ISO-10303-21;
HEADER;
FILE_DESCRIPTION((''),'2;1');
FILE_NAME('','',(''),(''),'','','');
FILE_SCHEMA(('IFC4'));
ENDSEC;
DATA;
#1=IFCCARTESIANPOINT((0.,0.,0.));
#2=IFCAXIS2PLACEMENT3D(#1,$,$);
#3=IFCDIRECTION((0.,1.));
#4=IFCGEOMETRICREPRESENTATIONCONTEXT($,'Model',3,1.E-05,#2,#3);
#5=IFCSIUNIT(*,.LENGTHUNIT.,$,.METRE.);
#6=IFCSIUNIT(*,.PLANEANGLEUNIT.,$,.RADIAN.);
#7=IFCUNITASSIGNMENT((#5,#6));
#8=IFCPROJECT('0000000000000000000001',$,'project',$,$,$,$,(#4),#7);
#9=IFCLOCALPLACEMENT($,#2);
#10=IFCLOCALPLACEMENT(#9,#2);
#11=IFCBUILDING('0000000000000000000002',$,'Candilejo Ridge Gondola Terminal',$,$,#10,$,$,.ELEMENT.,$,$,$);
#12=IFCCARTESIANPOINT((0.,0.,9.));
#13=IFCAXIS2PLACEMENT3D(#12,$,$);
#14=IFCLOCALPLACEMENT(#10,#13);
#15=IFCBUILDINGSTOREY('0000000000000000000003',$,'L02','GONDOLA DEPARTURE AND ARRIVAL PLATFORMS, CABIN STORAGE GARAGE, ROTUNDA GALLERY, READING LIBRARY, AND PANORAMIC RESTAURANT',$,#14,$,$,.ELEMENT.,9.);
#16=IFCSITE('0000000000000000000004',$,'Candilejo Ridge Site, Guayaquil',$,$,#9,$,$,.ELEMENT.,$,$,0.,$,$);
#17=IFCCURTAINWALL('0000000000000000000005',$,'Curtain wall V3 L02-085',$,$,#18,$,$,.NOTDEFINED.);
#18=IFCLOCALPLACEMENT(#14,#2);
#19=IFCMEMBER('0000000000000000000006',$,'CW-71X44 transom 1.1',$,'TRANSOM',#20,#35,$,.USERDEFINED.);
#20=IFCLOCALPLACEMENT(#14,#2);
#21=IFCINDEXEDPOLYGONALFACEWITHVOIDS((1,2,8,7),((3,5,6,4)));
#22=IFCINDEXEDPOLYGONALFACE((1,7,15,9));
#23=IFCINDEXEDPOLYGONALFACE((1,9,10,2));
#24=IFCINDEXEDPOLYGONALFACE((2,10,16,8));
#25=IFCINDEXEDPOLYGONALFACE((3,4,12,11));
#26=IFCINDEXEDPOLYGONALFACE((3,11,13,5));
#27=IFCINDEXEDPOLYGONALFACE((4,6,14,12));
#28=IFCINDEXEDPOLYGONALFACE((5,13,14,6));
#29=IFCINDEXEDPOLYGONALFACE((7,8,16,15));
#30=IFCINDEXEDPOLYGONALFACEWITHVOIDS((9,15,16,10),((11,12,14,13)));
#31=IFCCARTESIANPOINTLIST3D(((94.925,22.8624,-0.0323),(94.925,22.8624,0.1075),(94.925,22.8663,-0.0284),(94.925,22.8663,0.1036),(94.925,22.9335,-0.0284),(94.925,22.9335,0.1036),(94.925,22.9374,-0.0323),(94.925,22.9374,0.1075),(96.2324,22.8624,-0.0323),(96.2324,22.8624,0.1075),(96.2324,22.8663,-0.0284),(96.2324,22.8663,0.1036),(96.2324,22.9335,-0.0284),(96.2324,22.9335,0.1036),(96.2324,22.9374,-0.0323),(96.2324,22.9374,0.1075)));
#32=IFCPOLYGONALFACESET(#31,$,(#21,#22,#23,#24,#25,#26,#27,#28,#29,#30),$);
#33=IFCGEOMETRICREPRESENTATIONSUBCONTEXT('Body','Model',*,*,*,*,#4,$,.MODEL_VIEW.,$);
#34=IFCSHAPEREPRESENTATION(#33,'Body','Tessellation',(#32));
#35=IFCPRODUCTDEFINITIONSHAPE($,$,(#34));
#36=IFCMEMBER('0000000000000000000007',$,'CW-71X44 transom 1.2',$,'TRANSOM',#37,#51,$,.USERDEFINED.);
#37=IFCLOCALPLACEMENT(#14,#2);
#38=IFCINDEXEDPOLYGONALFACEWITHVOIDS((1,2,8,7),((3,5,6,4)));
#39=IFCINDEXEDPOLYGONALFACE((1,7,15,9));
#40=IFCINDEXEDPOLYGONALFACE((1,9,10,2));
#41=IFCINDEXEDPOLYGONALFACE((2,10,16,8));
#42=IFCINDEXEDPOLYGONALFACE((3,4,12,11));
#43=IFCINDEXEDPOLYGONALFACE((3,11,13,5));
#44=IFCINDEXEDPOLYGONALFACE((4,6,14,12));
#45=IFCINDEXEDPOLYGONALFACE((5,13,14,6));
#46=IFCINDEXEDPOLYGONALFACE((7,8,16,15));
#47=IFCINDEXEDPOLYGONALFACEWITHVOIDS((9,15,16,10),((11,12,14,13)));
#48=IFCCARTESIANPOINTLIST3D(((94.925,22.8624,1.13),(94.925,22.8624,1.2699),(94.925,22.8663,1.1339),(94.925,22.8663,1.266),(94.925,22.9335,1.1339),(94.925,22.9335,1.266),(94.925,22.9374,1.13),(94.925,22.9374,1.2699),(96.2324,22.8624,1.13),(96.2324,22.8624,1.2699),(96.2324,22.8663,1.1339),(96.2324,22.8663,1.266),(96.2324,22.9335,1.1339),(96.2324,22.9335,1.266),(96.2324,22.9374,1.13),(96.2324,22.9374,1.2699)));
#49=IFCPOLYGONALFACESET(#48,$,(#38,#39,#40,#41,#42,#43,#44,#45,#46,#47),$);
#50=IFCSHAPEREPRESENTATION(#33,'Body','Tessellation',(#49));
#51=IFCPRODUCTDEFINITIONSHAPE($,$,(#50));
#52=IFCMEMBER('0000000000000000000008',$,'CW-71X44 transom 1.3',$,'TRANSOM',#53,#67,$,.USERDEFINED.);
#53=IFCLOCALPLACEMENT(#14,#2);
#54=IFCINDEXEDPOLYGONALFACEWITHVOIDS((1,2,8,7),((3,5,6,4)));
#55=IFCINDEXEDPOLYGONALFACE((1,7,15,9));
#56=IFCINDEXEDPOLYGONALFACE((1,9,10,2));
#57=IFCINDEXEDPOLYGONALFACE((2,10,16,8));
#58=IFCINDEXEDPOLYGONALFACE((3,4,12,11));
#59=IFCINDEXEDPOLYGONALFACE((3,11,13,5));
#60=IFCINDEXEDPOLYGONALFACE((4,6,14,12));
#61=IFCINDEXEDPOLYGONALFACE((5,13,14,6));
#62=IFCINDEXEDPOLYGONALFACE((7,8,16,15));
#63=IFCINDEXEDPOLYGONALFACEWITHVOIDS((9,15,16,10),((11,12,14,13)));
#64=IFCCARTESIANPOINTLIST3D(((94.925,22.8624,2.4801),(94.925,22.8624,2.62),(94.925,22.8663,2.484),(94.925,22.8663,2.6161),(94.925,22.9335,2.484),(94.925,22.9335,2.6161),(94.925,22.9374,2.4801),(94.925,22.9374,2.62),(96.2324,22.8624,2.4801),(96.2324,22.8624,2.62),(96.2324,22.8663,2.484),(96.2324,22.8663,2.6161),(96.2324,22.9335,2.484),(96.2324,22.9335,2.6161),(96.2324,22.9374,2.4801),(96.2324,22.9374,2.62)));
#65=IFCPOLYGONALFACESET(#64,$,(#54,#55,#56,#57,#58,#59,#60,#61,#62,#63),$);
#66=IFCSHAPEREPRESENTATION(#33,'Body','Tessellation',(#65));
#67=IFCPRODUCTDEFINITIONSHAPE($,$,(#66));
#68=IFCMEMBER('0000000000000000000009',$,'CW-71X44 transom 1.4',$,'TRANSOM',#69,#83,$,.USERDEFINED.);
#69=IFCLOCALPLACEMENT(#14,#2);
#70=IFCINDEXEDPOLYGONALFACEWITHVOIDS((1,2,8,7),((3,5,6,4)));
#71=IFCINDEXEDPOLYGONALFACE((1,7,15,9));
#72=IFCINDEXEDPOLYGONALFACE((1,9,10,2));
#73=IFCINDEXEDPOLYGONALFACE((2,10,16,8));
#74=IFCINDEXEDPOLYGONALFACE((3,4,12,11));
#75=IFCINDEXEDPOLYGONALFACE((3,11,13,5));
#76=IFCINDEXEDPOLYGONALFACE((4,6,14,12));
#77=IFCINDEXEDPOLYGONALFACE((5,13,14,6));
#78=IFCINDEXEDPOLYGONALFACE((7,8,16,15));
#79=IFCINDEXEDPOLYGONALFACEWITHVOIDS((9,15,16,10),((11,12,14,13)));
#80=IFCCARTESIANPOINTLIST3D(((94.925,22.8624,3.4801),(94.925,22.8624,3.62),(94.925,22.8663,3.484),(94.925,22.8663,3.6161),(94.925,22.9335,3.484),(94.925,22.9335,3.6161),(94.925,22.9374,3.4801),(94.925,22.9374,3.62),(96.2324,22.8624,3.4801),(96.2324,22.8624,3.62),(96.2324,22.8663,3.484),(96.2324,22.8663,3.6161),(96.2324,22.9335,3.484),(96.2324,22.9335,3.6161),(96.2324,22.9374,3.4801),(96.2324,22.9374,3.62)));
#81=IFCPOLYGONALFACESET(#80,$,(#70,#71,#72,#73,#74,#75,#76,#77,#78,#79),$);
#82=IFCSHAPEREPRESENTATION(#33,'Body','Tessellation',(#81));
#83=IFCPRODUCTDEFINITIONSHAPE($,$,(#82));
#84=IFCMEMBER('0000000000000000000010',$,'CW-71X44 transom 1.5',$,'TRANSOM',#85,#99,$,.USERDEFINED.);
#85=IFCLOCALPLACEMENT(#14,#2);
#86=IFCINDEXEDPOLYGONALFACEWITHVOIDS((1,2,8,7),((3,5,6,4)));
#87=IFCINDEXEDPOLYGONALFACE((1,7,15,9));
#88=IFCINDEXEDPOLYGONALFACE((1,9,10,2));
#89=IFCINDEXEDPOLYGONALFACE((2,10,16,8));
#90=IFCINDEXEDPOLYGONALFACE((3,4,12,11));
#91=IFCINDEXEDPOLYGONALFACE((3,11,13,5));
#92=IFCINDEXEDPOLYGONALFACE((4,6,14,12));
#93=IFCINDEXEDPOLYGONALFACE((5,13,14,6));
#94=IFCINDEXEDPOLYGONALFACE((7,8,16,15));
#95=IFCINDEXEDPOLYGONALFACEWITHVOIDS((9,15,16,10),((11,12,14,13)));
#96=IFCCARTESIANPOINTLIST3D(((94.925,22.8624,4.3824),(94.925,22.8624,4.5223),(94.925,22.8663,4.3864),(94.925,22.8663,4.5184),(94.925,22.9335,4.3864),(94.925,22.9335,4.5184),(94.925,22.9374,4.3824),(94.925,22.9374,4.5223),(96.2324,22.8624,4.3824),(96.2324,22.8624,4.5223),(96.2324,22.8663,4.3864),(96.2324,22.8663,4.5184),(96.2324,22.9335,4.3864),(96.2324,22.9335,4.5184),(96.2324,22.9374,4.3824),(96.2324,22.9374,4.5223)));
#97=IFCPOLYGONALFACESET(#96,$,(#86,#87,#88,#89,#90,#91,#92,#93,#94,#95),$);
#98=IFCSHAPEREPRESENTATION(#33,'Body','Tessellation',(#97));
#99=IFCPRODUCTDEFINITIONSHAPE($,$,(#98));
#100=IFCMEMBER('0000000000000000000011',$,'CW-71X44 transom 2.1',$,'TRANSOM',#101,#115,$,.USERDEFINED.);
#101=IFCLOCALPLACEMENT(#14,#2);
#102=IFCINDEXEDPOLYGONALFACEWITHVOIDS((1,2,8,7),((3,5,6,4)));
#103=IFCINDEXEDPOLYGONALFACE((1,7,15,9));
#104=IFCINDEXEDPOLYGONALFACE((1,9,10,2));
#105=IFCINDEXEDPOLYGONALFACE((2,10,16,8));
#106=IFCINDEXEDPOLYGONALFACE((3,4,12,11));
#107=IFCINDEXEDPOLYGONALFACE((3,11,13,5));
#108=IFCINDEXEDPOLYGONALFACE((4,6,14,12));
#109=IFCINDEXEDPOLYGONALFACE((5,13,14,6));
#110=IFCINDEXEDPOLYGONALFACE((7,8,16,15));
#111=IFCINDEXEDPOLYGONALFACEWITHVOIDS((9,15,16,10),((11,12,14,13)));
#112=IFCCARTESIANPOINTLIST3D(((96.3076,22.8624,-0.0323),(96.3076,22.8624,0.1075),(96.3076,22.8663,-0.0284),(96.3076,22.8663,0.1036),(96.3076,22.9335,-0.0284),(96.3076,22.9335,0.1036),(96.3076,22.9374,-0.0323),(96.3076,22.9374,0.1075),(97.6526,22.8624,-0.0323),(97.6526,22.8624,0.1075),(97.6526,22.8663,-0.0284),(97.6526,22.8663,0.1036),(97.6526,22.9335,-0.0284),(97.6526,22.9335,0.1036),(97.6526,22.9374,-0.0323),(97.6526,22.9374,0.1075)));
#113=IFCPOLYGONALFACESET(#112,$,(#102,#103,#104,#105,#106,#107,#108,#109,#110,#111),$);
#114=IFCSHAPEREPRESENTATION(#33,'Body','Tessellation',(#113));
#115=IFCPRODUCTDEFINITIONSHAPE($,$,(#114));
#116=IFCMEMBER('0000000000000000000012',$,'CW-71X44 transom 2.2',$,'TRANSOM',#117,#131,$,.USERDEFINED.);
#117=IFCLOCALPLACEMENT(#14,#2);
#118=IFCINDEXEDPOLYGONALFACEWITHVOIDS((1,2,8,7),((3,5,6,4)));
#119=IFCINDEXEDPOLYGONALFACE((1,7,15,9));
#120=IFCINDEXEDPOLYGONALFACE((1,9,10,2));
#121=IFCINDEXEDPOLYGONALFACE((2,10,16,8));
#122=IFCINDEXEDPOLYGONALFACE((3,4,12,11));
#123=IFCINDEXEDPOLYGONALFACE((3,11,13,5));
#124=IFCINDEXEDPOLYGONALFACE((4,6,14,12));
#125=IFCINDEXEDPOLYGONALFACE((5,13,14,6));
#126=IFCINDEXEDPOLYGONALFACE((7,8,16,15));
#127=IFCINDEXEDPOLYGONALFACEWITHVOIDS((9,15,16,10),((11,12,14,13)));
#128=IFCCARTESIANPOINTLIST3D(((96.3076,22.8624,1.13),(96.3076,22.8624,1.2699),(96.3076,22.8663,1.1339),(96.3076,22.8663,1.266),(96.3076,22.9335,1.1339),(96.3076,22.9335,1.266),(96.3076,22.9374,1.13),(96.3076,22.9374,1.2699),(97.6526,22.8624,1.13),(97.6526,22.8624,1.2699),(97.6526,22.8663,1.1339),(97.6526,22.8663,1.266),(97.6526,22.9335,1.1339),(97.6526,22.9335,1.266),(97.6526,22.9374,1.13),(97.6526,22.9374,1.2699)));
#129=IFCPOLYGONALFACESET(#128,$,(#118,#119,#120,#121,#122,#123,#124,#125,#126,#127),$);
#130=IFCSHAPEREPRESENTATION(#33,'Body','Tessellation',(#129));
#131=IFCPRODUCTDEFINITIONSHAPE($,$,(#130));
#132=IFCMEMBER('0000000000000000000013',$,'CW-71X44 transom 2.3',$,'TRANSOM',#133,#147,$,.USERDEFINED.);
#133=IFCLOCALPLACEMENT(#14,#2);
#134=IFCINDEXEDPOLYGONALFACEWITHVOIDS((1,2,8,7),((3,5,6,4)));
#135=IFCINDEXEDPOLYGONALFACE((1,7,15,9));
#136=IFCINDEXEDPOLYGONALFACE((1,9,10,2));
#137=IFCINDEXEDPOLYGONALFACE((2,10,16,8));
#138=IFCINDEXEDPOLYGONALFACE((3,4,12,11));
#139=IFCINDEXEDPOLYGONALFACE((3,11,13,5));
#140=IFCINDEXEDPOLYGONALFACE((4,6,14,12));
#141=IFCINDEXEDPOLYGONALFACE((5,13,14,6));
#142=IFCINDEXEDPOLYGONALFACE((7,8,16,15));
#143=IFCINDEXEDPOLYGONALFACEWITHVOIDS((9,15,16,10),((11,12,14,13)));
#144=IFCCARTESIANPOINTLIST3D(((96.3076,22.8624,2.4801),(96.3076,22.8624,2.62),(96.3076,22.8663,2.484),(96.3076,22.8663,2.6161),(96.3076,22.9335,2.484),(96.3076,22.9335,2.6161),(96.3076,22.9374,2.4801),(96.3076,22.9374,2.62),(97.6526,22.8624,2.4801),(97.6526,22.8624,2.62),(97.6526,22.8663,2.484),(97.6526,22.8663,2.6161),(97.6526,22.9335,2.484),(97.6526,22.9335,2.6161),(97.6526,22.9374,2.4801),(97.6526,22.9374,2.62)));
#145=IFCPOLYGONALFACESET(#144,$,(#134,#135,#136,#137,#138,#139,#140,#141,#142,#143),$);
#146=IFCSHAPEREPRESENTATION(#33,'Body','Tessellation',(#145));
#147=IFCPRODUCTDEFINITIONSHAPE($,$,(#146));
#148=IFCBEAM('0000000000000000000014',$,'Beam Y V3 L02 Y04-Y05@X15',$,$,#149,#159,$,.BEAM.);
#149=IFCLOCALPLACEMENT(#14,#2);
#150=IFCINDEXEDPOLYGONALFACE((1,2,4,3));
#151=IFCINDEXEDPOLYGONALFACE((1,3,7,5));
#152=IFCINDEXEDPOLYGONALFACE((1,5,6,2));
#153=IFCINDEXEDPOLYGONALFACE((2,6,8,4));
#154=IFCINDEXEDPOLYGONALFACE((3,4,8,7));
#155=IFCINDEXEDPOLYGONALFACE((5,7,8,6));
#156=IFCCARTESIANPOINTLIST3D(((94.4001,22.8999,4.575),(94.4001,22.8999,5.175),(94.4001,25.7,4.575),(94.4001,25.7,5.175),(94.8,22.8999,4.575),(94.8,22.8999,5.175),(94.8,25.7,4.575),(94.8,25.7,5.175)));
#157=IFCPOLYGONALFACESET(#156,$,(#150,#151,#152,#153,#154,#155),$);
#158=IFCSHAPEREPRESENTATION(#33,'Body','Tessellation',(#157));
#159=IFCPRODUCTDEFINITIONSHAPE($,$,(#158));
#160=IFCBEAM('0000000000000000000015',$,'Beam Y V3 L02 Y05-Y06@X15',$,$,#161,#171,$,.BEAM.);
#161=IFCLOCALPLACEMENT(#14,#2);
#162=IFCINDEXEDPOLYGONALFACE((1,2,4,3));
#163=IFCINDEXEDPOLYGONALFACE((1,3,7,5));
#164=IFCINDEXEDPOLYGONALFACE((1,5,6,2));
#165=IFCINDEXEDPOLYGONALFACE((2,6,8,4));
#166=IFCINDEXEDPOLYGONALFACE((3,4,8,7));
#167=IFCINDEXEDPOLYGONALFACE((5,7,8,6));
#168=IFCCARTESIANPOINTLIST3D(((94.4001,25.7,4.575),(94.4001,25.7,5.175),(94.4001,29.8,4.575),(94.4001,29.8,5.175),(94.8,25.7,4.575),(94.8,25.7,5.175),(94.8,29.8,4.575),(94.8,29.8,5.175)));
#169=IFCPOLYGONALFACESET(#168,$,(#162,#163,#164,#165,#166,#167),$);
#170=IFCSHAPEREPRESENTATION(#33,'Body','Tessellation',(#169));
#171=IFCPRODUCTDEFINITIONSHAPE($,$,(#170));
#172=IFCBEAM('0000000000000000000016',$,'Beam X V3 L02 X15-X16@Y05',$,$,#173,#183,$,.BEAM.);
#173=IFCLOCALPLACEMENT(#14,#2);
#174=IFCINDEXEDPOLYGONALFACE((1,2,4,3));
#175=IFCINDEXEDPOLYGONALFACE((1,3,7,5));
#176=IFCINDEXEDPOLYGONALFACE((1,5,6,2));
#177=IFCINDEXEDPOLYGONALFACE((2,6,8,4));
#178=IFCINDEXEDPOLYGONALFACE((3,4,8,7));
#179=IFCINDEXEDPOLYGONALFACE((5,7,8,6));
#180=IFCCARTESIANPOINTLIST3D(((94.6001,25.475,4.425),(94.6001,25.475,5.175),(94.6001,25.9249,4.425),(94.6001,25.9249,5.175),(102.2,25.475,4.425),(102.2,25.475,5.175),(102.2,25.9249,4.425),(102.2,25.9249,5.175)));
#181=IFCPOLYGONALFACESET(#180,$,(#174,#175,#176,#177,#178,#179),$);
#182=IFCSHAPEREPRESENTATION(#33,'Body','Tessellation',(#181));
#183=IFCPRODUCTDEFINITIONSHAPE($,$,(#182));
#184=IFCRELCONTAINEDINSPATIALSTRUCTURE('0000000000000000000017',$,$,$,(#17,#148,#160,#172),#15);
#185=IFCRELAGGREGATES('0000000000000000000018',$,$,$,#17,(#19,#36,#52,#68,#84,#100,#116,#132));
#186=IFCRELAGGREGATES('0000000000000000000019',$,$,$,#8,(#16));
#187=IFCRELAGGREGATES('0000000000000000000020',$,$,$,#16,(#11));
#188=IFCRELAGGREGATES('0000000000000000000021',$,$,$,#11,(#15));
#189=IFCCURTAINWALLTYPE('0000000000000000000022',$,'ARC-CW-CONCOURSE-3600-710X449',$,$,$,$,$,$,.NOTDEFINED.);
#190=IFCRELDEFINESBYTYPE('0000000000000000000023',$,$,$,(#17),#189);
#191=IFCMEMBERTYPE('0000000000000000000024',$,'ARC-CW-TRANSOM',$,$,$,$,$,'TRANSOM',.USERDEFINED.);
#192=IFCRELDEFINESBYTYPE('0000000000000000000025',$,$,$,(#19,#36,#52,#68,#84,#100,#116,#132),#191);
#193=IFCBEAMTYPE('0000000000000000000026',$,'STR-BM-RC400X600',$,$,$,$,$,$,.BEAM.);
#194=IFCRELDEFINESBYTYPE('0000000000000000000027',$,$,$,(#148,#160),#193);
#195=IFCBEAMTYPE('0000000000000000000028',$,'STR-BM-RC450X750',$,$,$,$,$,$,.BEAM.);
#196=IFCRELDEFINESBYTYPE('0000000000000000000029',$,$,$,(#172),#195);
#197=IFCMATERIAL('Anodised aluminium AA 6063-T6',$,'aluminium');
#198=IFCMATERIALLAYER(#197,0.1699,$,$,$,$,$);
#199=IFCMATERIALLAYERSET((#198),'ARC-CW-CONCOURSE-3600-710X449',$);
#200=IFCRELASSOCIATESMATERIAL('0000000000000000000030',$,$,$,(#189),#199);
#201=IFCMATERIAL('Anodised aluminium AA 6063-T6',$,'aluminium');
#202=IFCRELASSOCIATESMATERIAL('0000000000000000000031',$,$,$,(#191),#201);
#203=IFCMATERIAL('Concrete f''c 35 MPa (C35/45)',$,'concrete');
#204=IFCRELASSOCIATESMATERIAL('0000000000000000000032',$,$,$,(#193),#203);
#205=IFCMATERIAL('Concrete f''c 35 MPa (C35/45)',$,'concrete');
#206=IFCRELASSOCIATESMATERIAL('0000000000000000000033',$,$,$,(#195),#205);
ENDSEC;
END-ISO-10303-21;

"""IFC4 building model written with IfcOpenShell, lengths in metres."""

from ifc_helpers import new_model, si_unit, direction, frame, origin, origin_2d, place, context, subcontext, project, spatial, rectangle, hollow_rectangle, extrude, material, layer, layer_set, material_profile, profile_set, type_object, element, aggregate, save


model = new_model("IFC4")

# Units and contexts
model_context = context("Model", 3, precision=1e-05, world=origin(), true_north=direction((0.0, 1.0)))
body_context = subcontext(model_context, "Body", "Model", "MODEL_VIEW")
ifc_project = project(units=[si_unit("LENGTHUNIT", "METRE"), si_unit("PLANEANGLEUNIT", "RADIAN")], contexts=[model_context])

# Site, building, storey
site_placement = place(None, origin())
site = spatial("IfcSite", under=ifc_project, at=site_placement, Name="Candilejo Ridge Site, Guayaquil", CompositionType="ELEMENT", RefElevation=0.0)
building_placement = place(site_placement, origin())
building = spatial("IfcBuilding", under=site, at=building_placement, Name="Candilejo Ridge Gondola Terminal", CompositionType="ELEMENT")
storey_placement = place(building_placement, frame((0.0, 0.0, 9.0)))
storey = spatial("IfcBuildingStorey", under=building, at=storey_placement, Name="L02", Description="GONDOLA DEPARTURE AND ARRIVAL PLATFORMS, CABIN STORAGE GARAGE, ROTUNDA GALLERY, READING LIBRARY, AND PANORAMIC RESTAURANT", CompositionType="ELEMENT", Elevation=9.0)

# Curtain wall
ifc_material_1 = material(Name="Anodised aluminium AA 6063-T6", Category="aluminium")
ifc_layer_1 = layer(ifc_material_1, 0.1699)
ifc_layer_set_1 = layer_set([ifc_layer_1], Name="ARC-CW-CONCOURSE-3600-710X449")
curtain_wall_type = type_object("IfcCurtainWallType", Name="ARC-CW-CONCOURSE-3600-710X449", PredefinedType="NOTDEFINED", material=ifc_layer_set_1)
curtain_wall_1_placement = place(storey_placement, origin())
curtain_wall_1 = element("IfcCurtainWall", 1, at=curtain_wall_1_placement, inside=storey, type_object=curtain_wall_type, Name="Curtain wall V3 L02-085", PredefinedType="NOTDEFINED")

# Members
ifc_material_2 = material(Name="Anodised aluminium AA 6063-T6", Category="aluminium")
ifc_material_profile_1 = material_profile(ifc_material_2, hollow_rectangle(XDim=0.075, YDim=0.1399, WallThickness=0.0039, at=origin_2d()))
ifc_profile_set_1 = profile_set([ifc_material_profile_1], Name="Anodised aluminium AA 6063-T6")
member_type_1 = type_object("IfcMemberType", Name="ARC-CW-TRANSOM", ElementType="TRANSOM", PredefinedType="USERDEFINED", material=ifc_profile_set_1)
member_1_placement = place(storey_placement, frame((94.925, 22.8999, 0.0376), z_axis=(1.0, 0.0, 0.0), x_axis=(0.0, 1.0, 0.0)))
member_1 = element("IfcMember", 2, at=member_1_placement, type_object=member_type_1, Name="CW-71X44 transom 1.1", ObjectType="TRANSOM", PredefinedType="USERDEFINED", context=body_context, shape_type="SweptSolid", body=[
    extrude(hollow_rectangle(XDim=0.075, YDim=0.1399, WallThickness=0.0039, at=origin_2d()), origin(), (0.0, 0.0, 1.0), 1.3074),
])
member_2_placement = place(storey_placement, frame((94.925, 22.8999, 1.2), z_axis=(1.0, 0.0, 0.0), x_axis=(0.0, 1.0, 0.0)))
member_2 = element("IfcMember", 3, at=member_2_placement, type_object=member_type_1, Name="CW-71X44 transom 1.2", ObjectType="TRANSOM", PredefinedType="USERDEFINED", context=body_context, shape_type="SweptSolid", body=[
    extrude(hollow_rectangle(XDim=0.075, YDim=0.1399, WallThickness=0.0039, at=origin_2d()), origin(), (0.0, 0.0, 1.0), 1.3074),
])
member_3_placement = place(storey_placement, frame((94.925, 22.8999, 2.55), z_axis=(1.0, 0.0, 0.0), x_axis=(0.0, 1.0, 0.0)))
member_3 = element("IfcMember", 4, at=member_3_placement, type_object=member_type_1, Name="CW-71X44 transom 1.3", ObjectType="TRANSOM", PredefinedType="USERDEFINED", context=body_context, shape_type="SweptSolid", body=[
    extrude(hollow_rectangle(XDim=0.075, YDim=0.1399, WallThickness=0.0039, at=origin_2d()), origin(), (0.0, 0.0, 1.0), 1.3074),
])
member_4_placement = place(storey_placement, frame((94.925, 22.8999, 3.55), z_axis=(1.0, 0.0, 0.0), x_axis=(0.0, 1.0, 0.0)))
member_4 = element("IfcMember", 5, at=member_4_placement, type_object=member_type_1, Name="CW-71X44 transom 1.4", ObjectType="TRANSOM", PredefinedType="USERDEFINED", context=body_context, shape_type="SweptSolid", body=[
    extrude(hollow_rectangle(XDim=0.075, YDim=0.1399, WallThickness=0.0039, at=origin_2d()), origin(), (0.0, 0.0, 1.0), 1.3074),
])
member_5_placement = place(storey_placement, frame((94.925, 22.8999, 4.4524), z_axis=(1.0, 0.0, 0.0), x_axis=(0.0, 1.0, 0.0)))
member_5 = element("IfcMember", 6, at=member_5_placement, type_object=member_type_1, Name="CW-71X44 transom 1.5", ObjectType="TRANSOM", PredefinedType="USERDEFINED", context=body_context, shape_type="SweptSolid", body=[
    extrude(hollow_rectangle(XDim=0.075, YDim=0.1399, WallThickness=0.0039, at=origin_2d()), origin(), (0.0, 0.0, 1.0), 1.3074),
])
member_6_placement = place(storey_placement, frame((96.3076, 22.8999, 0.0376), z_axis=(1.0, 0.0, 0.0), x_axis=(0.0, 1.0, 0.0)))
member_6 = element("IfcMember", 7, at=member_6_placement, type_object=member_type_1, Name="CW-71X44 transom 2.1", ObjectType="TRANSOM", PredefinedType="USERDEFINED", context=body_context, shape_type="SweptSolid", body=[
    extrude(hollow_rectangle(XDim=0.075, YDim=0.1399, WallThickness=0.0039, at=origin_2d()), origin(), (0.0, 0.0, 1.0), 1.345),
])
member_7_placement = place(storey_placement, frame((96.3076, 22.8999, 1.2), z_axis=(1.0, 0.0, 0.0), x_axis=(0.0, 1.0, 0.0)))
member_7 = element("IfcMember", 8, at=member_7_placement, type_object=member_type_1, Name="CW-71X44 transom 2.2", ObjectType="TRANSOM", PredefinedType="USERDEFINED", context=body_context, shape_type="SweptSolid", body=[
    extrude(hollow_rectangle(XDim=0.075, YDim=0.1399, WallThickness=0.0039, at=origin_2d()), origin(), (0.0, 0.0, 1.0), 1.345),
])
member_8_placement = place(storey_placement, frame((96.3076, 22.8999, 2.55), z_axis=(1.0, 0.0, 0.0), x_axis=(0.0, 1.0, 0.0)))
member_8 = element("IfcMember", 9, at=member_8_placement, type_object=member_type_1, Name="CW-71X44 transom 2.3", ObjectType="TRANSOM", PredefinedType="USERDEFINED", context=body_context, shape_type="SweptSolid", body=[
    extrude(hollow_rectangle(XDim=0.075, YDim=0.1399, WallThickness=0.0039, at=origin_2d()), origin(), (0.0, 0.0, 1.0), 1.345),
])

# Beams
ifc_material_3 = material(Name="Concrete f'c 35 MPa (C35/45)", Category="concrete")
ifc_material_profile_2 = material_profile(ifc_material_3, rectangle(XDim=0.3999, YDim=0.6001, at=origin_2d()))
ifc_profile_set_2 = profile_set([ifc_material_profile_2], Name="Concrete f'c 35 MPa (C35/45)")
beam_type_1 = type_object("IfcBeamType", Name="STR-BM-RC400X600", PredefinedType="BEAM", material=ifc_profile_set_2)
beam_1_placement = place(storey_placement, frame((94.6001, 22.8999, 4.875), z_axis=(0.0, 1.0, 0.0), x_axis=(-1.0, 0.0, 0.0)))
element("IfcBeam", 10, at=beam_1_placement, inside=storey, type_object=beam_type_1, Name="Beam Y V3 L02 Y04-Y05@X15", PredefinedType="BEAM", context=body_context, shape_type="SweptSolid", body=[
    extrude(rectangle(XDim=0.3999, YDim=0.6001, at=origin_2d()), origin(), (0.0, 0.0, 1.0), 2.8),
])
beam_2_placement = place(storey_placement, frame((94.6001, 25.7, 4.875), z_axis=(0.0, 1.0, 0.0), x_axis=(-1.0, 0.0, 0.0)))
element("IfcBeam", 11, at=beam_2_placement, inside=storey, type_object=beam_type_1, Name="Beam Y V3 L02 Y05-Y06@X15", PredefinedType="BEAM", context=body_context, shape_type="SweptSolid", body=[
    extrude(rectangle(XDim=0.3999, YDim=0.6001, at=origin_2d()), origin(), (0.0, 0.0, 1.0), 4.1001),
])
ifc_material_4 = material(Name="Concrete f'c 35 MPa (C35/45)", Category="concrete")
ifc_material_profile_3 = material_profile(ifc_material_4, rectangle(XDim=0.45, YDim=0.75, at=origin_2d()))
ifc_profile_set_3 = profile_set([ifc_material_profile_3], Name="Concrete f'c 35 MPa (C35/45)")
beam_type_2 = type_object("IfcBeamType", Name="STR-BM-RC450X750", PredefinedType="BEAM", material=ifc_profile_set_3)
beam_3_placement = place(storey_placement, frame((94.6001, 25.7, 4.8), z_axis=(1.0, 0.0, 0.0), x_axis=(0.0, 1.0, 0.0)))
element("IfcBeam", 12, at=beam_3_placement, inside=storey, type_object=beam_type_2, Name="Beam X V3 L02 X15-X16@Y05", PredefinedType="BEAM", context=body_context, shape_type="SweptSolid", body=[
    extrude(rectangle(XDim=0.45, YDim=0.75, at=origin_2d()), origin(), (0.0, 0.0, 1.0), 7.5999),
])

aggregate(curtain_wall_1, [member_1, member_2, member_3, member_4, member_5, member_6, member_7, member_8])

save(model, "model.ifc")
